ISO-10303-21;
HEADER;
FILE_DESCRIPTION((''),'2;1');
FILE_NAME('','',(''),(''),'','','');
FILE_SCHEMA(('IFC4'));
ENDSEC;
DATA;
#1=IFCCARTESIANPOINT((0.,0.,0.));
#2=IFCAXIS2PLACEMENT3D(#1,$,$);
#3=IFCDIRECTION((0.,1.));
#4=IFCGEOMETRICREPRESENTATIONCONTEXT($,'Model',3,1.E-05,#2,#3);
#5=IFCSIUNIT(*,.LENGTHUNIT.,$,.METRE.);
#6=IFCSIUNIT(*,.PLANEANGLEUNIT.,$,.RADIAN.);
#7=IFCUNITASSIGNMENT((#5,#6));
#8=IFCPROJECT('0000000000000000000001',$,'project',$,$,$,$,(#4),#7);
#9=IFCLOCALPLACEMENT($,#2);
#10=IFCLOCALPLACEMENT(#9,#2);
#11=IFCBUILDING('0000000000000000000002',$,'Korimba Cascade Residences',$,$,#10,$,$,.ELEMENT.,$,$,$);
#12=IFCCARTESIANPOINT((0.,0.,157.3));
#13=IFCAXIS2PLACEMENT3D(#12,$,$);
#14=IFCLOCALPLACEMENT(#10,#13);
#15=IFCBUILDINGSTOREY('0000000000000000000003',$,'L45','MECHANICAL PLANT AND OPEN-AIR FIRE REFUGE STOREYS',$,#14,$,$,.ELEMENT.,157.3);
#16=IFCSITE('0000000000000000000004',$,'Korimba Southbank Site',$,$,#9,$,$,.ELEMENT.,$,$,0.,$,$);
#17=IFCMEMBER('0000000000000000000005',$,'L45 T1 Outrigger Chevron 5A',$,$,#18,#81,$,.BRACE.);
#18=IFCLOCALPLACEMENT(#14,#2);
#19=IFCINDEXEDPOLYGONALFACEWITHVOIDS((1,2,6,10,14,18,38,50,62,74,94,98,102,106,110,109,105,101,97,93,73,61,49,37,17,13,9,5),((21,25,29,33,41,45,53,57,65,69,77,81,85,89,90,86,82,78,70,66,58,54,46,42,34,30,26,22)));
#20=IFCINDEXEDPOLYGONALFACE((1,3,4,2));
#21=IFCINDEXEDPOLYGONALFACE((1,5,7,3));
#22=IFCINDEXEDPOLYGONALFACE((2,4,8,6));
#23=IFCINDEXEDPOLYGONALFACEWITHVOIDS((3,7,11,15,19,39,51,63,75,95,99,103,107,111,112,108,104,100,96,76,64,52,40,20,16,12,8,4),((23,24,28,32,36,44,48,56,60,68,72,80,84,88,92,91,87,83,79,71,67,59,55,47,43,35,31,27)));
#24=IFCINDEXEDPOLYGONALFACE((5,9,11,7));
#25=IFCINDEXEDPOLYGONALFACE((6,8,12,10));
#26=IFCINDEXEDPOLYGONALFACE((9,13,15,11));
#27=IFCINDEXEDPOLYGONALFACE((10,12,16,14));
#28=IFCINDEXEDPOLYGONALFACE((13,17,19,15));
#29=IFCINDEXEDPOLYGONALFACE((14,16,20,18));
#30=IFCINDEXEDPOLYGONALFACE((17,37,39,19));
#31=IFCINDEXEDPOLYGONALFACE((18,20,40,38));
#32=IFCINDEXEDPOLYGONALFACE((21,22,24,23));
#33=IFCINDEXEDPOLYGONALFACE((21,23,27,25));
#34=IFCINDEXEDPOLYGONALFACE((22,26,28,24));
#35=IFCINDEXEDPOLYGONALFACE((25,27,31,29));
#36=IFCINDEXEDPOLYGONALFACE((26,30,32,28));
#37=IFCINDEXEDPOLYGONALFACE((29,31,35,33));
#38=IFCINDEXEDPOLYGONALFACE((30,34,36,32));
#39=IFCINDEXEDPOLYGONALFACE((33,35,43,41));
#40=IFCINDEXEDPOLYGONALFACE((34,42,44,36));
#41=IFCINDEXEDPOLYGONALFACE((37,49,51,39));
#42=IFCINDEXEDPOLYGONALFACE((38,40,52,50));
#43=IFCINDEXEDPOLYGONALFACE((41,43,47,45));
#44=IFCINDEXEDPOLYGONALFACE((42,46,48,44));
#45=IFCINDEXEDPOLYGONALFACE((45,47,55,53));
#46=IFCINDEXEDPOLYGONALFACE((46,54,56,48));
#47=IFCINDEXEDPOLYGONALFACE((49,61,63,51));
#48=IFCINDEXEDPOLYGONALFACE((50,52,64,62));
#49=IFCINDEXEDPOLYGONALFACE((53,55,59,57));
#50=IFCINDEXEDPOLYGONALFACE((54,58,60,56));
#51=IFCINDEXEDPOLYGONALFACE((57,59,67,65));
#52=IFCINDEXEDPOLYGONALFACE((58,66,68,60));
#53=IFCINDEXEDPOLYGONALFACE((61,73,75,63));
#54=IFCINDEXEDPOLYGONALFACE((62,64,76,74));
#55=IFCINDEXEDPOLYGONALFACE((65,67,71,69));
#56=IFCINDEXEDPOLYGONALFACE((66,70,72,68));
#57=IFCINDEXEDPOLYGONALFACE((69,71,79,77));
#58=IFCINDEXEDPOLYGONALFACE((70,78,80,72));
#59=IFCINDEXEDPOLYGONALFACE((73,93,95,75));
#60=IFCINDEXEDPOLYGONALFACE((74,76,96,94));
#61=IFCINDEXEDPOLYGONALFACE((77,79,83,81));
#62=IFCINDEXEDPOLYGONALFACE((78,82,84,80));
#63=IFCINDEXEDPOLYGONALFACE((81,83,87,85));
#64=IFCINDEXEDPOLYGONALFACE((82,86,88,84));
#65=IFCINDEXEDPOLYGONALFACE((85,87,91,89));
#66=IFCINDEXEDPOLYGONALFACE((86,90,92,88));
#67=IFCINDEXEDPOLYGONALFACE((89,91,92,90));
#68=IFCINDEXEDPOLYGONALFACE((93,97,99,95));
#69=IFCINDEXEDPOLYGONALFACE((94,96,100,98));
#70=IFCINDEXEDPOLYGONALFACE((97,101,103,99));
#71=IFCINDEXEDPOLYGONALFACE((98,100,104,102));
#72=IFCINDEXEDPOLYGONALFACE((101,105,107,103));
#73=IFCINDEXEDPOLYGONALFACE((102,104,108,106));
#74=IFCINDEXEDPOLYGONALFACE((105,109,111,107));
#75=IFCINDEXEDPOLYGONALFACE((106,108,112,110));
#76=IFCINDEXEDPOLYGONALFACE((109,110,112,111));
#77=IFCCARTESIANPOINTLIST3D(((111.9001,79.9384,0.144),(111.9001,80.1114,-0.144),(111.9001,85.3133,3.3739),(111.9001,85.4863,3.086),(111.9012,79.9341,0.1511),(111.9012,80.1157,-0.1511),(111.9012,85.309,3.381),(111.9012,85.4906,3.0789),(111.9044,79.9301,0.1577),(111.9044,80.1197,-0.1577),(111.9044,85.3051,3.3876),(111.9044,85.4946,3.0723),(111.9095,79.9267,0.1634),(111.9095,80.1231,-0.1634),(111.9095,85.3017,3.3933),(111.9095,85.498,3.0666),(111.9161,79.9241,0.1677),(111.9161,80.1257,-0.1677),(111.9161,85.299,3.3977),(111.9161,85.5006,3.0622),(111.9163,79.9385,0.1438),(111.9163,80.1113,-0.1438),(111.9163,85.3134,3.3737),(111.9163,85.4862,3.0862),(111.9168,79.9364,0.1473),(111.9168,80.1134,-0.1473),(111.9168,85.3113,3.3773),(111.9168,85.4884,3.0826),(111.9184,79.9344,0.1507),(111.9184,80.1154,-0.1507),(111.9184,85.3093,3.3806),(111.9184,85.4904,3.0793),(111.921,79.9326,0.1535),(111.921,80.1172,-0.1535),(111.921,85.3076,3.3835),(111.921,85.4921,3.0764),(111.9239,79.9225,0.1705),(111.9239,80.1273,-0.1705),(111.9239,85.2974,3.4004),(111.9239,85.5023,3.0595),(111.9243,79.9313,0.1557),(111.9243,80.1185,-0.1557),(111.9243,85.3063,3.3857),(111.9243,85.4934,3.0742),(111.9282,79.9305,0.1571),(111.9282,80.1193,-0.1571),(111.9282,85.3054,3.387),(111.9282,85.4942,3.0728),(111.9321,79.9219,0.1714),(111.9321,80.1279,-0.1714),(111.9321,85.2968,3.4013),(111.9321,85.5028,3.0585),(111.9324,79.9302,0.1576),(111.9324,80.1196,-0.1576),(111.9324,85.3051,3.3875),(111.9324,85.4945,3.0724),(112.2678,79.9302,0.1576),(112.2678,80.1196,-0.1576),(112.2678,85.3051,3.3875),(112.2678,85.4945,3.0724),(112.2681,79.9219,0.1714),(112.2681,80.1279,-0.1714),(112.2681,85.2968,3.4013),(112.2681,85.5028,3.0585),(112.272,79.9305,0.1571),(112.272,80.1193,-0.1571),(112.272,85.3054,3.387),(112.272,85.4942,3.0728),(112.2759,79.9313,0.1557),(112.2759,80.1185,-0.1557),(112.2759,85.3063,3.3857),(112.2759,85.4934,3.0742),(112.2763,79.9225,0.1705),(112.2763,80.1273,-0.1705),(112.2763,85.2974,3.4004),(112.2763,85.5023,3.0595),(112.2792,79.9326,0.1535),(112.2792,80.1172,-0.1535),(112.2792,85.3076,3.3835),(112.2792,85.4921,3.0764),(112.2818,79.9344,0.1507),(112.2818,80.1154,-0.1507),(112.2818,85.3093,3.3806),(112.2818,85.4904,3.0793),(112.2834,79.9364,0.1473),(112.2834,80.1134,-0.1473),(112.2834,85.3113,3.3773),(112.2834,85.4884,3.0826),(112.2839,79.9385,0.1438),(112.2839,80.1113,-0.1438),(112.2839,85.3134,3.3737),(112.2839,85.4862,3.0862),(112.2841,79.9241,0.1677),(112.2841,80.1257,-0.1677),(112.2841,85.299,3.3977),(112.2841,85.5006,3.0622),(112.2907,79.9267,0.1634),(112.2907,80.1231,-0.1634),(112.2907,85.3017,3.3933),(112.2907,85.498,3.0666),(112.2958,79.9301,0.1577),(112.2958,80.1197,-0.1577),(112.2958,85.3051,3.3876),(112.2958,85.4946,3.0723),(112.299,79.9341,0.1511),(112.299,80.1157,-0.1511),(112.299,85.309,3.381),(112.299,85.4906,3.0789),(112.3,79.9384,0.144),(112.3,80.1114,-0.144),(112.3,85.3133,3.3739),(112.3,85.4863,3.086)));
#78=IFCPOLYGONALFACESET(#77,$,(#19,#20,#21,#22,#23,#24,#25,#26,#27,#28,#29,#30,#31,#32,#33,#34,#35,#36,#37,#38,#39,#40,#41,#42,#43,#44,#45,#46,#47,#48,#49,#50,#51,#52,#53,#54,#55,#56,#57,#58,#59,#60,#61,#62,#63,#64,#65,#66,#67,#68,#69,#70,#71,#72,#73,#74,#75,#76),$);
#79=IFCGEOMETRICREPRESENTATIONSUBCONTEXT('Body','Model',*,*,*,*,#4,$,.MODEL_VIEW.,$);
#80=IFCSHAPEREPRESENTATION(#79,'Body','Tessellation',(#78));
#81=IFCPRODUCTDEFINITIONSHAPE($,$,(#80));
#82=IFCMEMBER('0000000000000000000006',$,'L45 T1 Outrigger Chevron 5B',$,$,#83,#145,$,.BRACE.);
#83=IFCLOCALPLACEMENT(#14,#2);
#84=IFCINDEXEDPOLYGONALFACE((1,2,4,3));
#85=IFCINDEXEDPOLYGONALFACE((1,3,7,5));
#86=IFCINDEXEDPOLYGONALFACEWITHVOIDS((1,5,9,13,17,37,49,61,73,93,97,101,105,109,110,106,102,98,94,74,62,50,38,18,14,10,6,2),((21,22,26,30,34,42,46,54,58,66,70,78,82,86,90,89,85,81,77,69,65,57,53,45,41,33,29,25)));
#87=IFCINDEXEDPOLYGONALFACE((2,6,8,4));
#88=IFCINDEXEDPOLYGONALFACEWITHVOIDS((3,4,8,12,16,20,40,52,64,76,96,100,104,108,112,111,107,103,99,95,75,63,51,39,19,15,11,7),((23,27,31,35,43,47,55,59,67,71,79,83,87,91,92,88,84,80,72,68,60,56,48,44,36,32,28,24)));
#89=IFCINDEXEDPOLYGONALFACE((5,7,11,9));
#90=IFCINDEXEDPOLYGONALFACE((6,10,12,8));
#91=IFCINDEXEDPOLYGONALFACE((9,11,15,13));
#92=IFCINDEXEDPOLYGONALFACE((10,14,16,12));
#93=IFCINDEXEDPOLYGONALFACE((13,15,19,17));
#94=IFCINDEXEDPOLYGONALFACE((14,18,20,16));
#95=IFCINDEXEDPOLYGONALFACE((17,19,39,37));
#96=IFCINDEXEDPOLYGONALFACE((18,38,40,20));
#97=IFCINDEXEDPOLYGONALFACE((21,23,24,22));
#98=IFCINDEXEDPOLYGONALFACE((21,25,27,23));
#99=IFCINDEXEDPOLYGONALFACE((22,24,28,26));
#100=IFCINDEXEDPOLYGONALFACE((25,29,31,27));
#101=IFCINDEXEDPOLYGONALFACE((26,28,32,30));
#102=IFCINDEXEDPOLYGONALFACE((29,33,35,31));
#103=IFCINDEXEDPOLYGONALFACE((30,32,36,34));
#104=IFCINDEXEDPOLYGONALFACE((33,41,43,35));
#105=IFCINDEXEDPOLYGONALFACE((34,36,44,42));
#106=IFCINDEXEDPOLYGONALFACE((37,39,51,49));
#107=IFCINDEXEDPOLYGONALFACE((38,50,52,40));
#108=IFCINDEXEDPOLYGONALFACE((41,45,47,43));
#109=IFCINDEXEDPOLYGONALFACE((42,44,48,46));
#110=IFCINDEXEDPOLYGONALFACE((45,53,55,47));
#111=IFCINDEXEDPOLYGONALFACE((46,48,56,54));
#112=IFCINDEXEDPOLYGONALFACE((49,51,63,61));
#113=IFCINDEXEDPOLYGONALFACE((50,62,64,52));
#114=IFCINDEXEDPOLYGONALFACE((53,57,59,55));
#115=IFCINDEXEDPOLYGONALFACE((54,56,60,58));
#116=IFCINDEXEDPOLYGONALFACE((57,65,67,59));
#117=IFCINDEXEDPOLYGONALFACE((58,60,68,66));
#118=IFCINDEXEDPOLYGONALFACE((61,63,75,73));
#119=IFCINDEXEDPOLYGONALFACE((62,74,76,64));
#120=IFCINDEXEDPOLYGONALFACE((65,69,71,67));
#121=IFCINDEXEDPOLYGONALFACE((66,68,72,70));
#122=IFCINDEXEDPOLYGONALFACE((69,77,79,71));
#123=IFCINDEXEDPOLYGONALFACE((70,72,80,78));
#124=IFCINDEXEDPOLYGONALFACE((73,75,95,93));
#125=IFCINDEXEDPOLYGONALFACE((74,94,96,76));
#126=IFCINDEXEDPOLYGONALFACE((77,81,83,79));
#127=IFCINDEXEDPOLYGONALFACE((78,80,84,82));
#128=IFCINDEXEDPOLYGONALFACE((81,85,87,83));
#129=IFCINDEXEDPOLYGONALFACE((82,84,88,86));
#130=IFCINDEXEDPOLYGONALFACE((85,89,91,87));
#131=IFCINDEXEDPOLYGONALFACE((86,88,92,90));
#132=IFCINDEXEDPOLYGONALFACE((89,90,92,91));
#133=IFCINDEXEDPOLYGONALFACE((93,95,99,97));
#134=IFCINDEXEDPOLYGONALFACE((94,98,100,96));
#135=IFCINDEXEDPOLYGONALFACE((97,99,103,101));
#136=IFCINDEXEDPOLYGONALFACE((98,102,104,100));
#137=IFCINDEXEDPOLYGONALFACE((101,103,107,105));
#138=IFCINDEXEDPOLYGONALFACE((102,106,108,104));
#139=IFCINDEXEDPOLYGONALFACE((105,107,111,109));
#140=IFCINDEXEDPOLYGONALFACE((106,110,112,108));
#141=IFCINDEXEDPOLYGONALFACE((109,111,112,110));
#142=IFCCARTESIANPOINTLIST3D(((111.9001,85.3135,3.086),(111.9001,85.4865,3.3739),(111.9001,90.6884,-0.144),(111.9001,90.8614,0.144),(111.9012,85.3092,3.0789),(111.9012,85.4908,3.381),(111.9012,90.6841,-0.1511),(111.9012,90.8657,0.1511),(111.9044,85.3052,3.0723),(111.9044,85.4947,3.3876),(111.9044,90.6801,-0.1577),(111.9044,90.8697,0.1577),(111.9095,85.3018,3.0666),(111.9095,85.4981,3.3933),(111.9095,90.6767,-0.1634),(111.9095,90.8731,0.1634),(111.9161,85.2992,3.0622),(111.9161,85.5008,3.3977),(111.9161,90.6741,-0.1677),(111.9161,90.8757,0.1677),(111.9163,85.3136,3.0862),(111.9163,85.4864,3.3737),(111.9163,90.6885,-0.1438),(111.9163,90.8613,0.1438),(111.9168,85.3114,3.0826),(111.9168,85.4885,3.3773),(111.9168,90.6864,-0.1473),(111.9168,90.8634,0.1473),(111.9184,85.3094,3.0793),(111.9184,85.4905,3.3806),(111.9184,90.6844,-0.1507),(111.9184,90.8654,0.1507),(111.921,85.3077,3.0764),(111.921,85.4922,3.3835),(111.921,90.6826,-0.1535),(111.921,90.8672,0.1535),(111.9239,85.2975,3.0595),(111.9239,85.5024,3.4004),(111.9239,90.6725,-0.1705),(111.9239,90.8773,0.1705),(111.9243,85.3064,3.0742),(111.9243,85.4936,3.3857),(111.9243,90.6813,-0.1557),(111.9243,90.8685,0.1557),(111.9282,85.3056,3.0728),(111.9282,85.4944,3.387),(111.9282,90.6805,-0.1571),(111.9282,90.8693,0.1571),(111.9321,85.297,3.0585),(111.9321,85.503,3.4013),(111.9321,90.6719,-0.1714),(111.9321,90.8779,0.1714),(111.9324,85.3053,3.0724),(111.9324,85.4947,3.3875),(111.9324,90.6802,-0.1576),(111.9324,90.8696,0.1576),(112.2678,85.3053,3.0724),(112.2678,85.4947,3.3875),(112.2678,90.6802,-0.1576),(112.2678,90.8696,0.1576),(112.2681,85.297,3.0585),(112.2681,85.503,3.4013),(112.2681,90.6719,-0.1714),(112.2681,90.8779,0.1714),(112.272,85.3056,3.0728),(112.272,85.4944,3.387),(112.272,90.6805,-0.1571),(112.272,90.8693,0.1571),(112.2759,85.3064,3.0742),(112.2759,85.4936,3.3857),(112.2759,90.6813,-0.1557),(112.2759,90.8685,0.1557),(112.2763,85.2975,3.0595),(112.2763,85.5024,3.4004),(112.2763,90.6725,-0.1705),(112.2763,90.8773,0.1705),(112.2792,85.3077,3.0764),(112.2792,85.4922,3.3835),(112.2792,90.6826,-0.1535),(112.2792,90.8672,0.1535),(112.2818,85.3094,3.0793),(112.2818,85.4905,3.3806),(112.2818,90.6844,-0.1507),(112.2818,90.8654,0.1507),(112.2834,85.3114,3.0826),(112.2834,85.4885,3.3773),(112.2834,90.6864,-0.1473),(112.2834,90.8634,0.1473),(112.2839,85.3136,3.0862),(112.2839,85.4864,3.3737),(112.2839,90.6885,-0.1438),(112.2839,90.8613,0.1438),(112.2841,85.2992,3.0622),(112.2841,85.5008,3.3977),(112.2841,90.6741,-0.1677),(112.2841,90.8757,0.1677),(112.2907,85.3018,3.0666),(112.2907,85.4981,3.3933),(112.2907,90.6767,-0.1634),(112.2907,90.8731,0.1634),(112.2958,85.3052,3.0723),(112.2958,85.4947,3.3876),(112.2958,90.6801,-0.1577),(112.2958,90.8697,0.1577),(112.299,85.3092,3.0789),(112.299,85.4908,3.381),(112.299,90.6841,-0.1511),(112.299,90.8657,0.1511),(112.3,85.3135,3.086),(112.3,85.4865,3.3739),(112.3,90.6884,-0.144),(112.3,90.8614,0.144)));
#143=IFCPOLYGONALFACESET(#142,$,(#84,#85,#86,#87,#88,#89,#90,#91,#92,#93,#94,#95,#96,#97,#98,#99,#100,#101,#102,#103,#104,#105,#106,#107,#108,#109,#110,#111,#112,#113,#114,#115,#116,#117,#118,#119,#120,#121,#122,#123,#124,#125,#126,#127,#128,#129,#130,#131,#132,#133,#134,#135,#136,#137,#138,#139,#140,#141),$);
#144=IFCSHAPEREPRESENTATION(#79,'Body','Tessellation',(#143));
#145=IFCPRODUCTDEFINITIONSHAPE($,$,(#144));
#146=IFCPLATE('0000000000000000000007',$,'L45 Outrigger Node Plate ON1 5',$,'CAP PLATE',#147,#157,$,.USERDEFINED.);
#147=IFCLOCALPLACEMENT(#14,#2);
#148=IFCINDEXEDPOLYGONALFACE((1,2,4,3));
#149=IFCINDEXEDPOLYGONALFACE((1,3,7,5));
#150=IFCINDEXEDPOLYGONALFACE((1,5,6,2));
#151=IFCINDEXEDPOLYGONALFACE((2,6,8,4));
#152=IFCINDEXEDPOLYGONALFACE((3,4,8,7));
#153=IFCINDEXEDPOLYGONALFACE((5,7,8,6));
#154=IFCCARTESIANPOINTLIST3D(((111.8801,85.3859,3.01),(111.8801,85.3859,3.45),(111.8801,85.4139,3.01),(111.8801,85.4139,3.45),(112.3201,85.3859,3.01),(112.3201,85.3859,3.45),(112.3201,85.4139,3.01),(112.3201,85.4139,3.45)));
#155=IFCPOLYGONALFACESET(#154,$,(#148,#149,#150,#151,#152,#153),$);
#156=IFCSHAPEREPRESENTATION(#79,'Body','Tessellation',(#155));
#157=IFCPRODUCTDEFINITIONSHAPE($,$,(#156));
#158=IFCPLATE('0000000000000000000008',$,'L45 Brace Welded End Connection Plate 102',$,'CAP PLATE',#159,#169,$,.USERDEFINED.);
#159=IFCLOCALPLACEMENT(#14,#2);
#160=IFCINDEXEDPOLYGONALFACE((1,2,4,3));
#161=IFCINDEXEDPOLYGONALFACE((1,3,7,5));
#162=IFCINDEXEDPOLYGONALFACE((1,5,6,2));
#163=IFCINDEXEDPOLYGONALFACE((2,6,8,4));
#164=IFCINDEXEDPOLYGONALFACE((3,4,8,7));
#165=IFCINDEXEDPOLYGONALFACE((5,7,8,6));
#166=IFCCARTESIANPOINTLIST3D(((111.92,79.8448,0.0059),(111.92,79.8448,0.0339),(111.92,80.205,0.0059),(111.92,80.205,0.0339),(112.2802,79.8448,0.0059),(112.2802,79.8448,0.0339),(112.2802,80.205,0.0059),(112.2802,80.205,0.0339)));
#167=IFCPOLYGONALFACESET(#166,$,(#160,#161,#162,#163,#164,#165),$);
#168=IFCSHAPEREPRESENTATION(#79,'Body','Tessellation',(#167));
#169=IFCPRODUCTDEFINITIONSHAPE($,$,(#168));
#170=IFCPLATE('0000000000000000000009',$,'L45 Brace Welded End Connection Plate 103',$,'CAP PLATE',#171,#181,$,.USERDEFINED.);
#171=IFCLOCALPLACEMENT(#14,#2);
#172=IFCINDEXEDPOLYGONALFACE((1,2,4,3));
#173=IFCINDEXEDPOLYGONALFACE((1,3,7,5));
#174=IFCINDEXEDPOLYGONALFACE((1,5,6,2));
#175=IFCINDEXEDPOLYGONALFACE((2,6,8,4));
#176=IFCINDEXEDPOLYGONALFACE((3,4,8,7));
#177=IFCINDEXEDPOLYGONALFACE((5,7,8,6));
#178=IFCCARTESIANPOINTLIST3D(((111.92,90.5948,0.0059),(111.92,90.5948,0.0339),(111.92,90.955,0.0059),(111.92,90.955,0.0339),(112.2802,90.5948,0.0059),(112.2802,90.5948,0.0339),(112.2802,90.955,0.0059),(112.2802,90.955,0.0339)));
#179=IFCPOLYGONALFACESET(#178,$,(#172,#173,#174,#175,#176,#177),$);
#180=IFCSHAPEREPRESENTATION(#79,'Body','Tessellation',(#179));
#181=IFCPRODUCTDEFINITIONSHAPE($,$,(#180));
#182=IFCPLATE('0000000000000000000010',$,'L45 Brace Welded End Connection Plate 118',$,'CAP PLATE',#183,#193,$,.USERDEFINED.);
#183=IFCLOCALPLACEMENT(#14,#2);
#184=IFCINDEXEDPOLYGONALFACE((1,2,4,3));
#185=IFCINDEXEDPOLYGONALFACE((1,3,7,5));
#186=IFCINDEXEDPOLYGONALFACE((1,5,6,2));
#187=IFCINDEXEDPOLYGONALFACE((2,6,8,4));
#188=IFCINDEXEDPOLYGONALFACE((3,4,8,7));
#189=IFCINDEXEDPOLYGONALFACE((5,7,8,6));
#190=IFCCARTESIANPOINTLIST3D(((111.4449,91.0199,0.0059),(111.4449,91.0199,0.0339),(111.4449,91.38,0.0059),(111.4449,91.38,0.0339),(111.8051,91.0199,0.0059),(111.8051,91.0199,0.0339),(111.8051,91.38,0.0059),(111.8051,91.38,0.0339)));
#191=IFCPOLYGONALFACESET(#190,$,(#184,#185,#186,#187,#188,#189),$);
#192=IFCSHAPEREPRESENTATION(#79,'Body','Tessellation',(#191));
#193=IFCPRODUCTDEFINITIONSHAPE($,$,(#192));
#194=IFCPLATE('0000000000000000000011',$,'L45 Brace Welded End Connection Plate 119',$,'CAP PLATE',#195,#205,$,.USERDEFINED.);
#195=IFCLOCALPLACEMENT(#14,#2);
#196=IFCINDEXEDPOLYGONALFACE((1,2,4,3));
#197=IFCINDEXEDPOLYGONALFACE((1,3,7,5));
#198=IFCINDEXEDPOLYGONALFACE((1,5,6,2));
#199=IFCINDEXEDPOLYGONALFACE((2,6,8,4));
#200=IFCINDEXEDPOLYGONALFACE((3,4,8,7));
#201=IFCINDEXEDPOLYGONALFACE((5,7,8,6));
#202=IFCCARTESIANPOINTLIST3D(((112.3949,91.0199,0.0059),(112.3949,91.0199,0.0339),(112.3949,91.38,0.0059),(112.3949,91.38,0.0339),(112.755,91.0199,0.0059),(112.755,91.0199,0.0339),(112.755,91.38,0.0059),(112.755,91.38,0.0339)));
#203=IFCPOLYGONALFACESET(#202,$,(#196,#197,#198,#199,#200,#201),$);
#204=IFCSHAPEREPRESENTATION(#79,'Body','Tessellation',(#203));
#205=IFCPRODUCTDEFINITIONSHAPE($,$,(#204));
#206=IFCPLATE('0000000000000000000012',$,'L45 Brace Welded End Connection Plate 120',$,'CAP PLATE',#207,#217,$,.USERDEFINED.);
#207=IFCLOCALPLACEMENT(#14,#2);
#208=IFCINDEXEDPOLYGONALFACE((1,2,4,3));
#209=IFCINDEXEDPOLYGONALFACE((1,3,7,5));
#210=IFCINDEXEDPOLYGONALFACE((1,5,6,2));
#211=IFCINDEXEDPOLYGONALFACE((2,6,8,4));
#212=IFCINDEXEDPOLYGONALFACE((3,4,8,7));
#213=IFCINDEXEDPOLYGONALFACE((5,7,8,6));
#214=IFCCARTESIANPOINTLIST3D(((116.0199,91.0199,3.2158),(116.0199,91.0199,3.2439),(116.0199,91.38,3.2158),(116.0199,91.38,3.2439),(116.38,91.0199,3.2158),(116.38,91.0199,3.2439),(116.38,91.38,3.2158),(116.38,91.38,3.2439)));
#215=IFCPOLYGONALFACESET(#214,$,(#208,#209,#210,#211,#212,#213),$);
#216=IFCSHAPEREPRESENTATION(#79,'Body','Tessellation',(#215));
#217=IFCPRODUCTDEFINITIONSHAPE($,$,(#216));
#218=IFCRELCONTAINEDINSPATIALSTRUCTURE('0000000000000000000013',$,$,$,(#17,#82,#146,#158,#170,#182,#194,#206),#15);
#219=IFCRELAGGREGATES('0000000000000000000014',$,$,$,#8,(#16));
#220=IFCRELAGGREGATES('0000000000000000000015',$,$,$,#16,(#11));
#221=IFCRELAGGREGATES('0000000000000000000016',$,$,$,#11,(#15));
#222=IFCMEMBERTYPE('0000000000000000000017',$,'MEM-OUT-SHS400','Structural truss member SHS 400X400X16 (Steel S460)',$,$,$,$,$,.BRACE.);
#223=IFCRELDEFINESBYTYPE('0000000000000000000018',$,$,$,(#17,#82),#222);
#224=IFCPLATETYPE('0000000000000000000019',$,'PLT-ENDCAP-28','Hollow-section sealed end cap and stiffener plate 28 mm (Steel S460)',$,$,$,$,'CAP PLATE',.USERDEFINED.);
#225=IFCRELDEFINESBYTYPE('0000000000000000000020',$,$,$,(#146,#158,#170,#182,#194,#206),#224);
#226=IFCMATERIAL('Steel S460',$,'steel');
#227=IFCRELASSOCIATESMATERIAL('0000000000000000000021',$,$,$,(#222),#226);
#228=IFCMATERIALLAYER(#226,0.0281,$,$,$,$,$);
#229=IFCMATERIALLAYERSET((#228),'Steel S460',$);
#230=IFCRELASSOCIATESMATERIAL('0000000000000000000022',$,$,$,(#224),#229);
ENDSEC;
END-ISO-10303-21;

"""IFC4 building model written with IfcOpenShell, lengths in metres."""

from ifc_helpers import new_model, si_unit, direction, frame, origin, origin_2d, place, context, subcontext, project, spatial, rectangle, hollow_rectangle, extrude, material, layer, layer_set, material_profile, profile_set, type_object, element, save


model = new_model("IFC4")

# Units and contexts
model_context = context("Model", 3, precision=1e-05, world=origin(), true_north=direction((0.0, 1.0)))
body_context = subcontext(model_context, "Body", "Model", "MODEL_VIEW")
ifc_project = project(units=[si_unit("LENGTHUNIT", "METRE"), si_unit("PLANEANGLEUNIT", "RADIAN")], contexts=[model_context])

# Site, building, storey
site_placement = place(None, origin())
site = spatial("IfcSite", under=ifc_project, at=site_placement, Name="Korimba Southbank Site", CompositionType="ELEMENT", RefElevation=0.0)
building_placement = place(site_placement, origin())
building = spatial("IfcBuilding", under=site, at=building_placement, Name="Korimba Cascade Residences", CompositionType="ELEMENT")
storey_placement = place(building_placement, frame((0.0, 0.0, 157.3)))
storey = spatial("IfcBuildingStorey", under=building, at=storey_placement, Name="L45", Description="MECHANICAL PLANT AND OPEN-AIR FIRE REFUGE STOREYS", CompositionType="ELEMENT", Elevation=157.3)

# Members
ifc_material_1 = material(Name="Steel S460", Category="steel")
ifc_material_profile_1 = material_profile(ifc_material_1, hollow_rectangle(XDim=0.3999, YDim=0.3999, WallThickness=0.0161, InnerFilletRadius=0.0161, OuterFilletRadius=0.032, at=origin_2d()), Name="Steel S460")
ifc_profile_set_1 = profile_set([ifc_material_profile_1], Name="Steel S460")
member_type_1 = type_object("IfcMemberType", Name="MEM-OUT-SHS400", Description="Structural truss member SHS 400X400X16 (Steel S460)", PredefinedType="BRACE", material=ifc_profile_set_1)
for number, where, z_axis, x_axis, name in (
    (1, (112.1001, 80.0249, 0.0), (0.0, 0.857142, 0.51508), (-1.0, 0.0, 0.0), "L45 T1 Outrigger Chevron 5A"),
    (2, (112.1001, 90.7749, 0.0), (0.0, -0.857142, 0.51508), (1.0, 0.0, 0.0), "L45 T1 Outrigger Chevron 5B"),
):
    element("IfcMember", number, at=place(storey_placement, frame(where, z_axis=z_axis, x_axis=x_axis)), inside=storey, type_object=member_type_1, Name=name, PredefinedType="BRACE", context=body_context, shape_type="SweptSolid", body=[
        extrude(hollow_rectangle(XDim=0.3999, YDim=0.3999, WallThickness=0.0161, InnerFilletRadius=0.0161, OuterFilletRadius=0.032, at=origin_2d()), origin(), (0.0, 0.0, 1.0), 6.2708),
    ])

# Plates
ifc_layer_1 = layer(ifc_material_1, 0.0281)
ifc_layer_set_1 = layer_set([ifc_layer_1], Name="Steel S460")
plate_type = type_object("IfcPlateType", Name="PLT-ENDCAP-28", Description="Hollow-section sealed end cap and stiffener plate 28 mm (Steel S460)", ElementType="CAP PLATE", PredefinedType="USERDEFINED", material=ifc_layer_set_1)
plate_placement = place(storey_placement, frame((112.1001, 85.3999, 3.01), z_axis=(0.0, 0.0, 1.0), x_axis=(1.0, 0.0, 0.0)))
element("IfcPlate", 3, at=plate_placement, inside=storey, type_object=plate_type, Name="L45 Outrigger Node Plate ON1 5", ObjectType="CAP PLATE", PredefinedType="USERDEFINED", context=body_context, shape_type="SweptSolid", body=[
    extrude(rectangle(XDim=0.4399, YDim=0.0281, at=origin_2d()), origin(), (0.0, 0.0, 1.0), 0.4399),
])
for number, where, z_axis, x_axis, name in (
    (4, (112.1001, 80.0249, 0.0059), (0.0, 0.0, 1.0), (1.0, 0.0, 0.0), "L45 Brace Welded End Connection Plate 102"),
    (5, (112.1001, 90.7749, 0.0059), (0.0, 0.0, 1.0), (1.0, 0.0, 0.0), "L45 Brace Welded End Connection Plate 103"),
    (6, (111.625, 91.2, 0.0059), (0.0, 0.0, 1.0), (1.0, 0.0, 0.0), "L45 Brace Welded End Connection Plate 118"),
    (7, (112.575, 91.2, 0.0059), (0.0, 0.0, 1.0), (1.0, 0.0, 0.0), "L45 Brace Welded End Connection Plate 119"),
    (8, (116.2, 91.2, 3.2158), (0.0, 0.0, 1.0), (1.0, 0.0, 0.0), "L45 Brace Welded End Connection Plate 120"),
):
    element("IfcPlate", number, at=place(storey_placement, frame(where, z_axis=z_axis, x_axis=x_axis)), inside=storey, type_object=plate_type, Name=name, ObjectType="CAP PLATE", PredefinedType="USERDEFINED", context=body_context, shape_type="SweptSolid", body=[
        extrude(rectangle(XDim=0.3601, YDim=0.3601, at=origin_2d()), origin(), (0.0, 0.0, 1.0), 0.0281),
    ])

save(model, "model.ifc")
